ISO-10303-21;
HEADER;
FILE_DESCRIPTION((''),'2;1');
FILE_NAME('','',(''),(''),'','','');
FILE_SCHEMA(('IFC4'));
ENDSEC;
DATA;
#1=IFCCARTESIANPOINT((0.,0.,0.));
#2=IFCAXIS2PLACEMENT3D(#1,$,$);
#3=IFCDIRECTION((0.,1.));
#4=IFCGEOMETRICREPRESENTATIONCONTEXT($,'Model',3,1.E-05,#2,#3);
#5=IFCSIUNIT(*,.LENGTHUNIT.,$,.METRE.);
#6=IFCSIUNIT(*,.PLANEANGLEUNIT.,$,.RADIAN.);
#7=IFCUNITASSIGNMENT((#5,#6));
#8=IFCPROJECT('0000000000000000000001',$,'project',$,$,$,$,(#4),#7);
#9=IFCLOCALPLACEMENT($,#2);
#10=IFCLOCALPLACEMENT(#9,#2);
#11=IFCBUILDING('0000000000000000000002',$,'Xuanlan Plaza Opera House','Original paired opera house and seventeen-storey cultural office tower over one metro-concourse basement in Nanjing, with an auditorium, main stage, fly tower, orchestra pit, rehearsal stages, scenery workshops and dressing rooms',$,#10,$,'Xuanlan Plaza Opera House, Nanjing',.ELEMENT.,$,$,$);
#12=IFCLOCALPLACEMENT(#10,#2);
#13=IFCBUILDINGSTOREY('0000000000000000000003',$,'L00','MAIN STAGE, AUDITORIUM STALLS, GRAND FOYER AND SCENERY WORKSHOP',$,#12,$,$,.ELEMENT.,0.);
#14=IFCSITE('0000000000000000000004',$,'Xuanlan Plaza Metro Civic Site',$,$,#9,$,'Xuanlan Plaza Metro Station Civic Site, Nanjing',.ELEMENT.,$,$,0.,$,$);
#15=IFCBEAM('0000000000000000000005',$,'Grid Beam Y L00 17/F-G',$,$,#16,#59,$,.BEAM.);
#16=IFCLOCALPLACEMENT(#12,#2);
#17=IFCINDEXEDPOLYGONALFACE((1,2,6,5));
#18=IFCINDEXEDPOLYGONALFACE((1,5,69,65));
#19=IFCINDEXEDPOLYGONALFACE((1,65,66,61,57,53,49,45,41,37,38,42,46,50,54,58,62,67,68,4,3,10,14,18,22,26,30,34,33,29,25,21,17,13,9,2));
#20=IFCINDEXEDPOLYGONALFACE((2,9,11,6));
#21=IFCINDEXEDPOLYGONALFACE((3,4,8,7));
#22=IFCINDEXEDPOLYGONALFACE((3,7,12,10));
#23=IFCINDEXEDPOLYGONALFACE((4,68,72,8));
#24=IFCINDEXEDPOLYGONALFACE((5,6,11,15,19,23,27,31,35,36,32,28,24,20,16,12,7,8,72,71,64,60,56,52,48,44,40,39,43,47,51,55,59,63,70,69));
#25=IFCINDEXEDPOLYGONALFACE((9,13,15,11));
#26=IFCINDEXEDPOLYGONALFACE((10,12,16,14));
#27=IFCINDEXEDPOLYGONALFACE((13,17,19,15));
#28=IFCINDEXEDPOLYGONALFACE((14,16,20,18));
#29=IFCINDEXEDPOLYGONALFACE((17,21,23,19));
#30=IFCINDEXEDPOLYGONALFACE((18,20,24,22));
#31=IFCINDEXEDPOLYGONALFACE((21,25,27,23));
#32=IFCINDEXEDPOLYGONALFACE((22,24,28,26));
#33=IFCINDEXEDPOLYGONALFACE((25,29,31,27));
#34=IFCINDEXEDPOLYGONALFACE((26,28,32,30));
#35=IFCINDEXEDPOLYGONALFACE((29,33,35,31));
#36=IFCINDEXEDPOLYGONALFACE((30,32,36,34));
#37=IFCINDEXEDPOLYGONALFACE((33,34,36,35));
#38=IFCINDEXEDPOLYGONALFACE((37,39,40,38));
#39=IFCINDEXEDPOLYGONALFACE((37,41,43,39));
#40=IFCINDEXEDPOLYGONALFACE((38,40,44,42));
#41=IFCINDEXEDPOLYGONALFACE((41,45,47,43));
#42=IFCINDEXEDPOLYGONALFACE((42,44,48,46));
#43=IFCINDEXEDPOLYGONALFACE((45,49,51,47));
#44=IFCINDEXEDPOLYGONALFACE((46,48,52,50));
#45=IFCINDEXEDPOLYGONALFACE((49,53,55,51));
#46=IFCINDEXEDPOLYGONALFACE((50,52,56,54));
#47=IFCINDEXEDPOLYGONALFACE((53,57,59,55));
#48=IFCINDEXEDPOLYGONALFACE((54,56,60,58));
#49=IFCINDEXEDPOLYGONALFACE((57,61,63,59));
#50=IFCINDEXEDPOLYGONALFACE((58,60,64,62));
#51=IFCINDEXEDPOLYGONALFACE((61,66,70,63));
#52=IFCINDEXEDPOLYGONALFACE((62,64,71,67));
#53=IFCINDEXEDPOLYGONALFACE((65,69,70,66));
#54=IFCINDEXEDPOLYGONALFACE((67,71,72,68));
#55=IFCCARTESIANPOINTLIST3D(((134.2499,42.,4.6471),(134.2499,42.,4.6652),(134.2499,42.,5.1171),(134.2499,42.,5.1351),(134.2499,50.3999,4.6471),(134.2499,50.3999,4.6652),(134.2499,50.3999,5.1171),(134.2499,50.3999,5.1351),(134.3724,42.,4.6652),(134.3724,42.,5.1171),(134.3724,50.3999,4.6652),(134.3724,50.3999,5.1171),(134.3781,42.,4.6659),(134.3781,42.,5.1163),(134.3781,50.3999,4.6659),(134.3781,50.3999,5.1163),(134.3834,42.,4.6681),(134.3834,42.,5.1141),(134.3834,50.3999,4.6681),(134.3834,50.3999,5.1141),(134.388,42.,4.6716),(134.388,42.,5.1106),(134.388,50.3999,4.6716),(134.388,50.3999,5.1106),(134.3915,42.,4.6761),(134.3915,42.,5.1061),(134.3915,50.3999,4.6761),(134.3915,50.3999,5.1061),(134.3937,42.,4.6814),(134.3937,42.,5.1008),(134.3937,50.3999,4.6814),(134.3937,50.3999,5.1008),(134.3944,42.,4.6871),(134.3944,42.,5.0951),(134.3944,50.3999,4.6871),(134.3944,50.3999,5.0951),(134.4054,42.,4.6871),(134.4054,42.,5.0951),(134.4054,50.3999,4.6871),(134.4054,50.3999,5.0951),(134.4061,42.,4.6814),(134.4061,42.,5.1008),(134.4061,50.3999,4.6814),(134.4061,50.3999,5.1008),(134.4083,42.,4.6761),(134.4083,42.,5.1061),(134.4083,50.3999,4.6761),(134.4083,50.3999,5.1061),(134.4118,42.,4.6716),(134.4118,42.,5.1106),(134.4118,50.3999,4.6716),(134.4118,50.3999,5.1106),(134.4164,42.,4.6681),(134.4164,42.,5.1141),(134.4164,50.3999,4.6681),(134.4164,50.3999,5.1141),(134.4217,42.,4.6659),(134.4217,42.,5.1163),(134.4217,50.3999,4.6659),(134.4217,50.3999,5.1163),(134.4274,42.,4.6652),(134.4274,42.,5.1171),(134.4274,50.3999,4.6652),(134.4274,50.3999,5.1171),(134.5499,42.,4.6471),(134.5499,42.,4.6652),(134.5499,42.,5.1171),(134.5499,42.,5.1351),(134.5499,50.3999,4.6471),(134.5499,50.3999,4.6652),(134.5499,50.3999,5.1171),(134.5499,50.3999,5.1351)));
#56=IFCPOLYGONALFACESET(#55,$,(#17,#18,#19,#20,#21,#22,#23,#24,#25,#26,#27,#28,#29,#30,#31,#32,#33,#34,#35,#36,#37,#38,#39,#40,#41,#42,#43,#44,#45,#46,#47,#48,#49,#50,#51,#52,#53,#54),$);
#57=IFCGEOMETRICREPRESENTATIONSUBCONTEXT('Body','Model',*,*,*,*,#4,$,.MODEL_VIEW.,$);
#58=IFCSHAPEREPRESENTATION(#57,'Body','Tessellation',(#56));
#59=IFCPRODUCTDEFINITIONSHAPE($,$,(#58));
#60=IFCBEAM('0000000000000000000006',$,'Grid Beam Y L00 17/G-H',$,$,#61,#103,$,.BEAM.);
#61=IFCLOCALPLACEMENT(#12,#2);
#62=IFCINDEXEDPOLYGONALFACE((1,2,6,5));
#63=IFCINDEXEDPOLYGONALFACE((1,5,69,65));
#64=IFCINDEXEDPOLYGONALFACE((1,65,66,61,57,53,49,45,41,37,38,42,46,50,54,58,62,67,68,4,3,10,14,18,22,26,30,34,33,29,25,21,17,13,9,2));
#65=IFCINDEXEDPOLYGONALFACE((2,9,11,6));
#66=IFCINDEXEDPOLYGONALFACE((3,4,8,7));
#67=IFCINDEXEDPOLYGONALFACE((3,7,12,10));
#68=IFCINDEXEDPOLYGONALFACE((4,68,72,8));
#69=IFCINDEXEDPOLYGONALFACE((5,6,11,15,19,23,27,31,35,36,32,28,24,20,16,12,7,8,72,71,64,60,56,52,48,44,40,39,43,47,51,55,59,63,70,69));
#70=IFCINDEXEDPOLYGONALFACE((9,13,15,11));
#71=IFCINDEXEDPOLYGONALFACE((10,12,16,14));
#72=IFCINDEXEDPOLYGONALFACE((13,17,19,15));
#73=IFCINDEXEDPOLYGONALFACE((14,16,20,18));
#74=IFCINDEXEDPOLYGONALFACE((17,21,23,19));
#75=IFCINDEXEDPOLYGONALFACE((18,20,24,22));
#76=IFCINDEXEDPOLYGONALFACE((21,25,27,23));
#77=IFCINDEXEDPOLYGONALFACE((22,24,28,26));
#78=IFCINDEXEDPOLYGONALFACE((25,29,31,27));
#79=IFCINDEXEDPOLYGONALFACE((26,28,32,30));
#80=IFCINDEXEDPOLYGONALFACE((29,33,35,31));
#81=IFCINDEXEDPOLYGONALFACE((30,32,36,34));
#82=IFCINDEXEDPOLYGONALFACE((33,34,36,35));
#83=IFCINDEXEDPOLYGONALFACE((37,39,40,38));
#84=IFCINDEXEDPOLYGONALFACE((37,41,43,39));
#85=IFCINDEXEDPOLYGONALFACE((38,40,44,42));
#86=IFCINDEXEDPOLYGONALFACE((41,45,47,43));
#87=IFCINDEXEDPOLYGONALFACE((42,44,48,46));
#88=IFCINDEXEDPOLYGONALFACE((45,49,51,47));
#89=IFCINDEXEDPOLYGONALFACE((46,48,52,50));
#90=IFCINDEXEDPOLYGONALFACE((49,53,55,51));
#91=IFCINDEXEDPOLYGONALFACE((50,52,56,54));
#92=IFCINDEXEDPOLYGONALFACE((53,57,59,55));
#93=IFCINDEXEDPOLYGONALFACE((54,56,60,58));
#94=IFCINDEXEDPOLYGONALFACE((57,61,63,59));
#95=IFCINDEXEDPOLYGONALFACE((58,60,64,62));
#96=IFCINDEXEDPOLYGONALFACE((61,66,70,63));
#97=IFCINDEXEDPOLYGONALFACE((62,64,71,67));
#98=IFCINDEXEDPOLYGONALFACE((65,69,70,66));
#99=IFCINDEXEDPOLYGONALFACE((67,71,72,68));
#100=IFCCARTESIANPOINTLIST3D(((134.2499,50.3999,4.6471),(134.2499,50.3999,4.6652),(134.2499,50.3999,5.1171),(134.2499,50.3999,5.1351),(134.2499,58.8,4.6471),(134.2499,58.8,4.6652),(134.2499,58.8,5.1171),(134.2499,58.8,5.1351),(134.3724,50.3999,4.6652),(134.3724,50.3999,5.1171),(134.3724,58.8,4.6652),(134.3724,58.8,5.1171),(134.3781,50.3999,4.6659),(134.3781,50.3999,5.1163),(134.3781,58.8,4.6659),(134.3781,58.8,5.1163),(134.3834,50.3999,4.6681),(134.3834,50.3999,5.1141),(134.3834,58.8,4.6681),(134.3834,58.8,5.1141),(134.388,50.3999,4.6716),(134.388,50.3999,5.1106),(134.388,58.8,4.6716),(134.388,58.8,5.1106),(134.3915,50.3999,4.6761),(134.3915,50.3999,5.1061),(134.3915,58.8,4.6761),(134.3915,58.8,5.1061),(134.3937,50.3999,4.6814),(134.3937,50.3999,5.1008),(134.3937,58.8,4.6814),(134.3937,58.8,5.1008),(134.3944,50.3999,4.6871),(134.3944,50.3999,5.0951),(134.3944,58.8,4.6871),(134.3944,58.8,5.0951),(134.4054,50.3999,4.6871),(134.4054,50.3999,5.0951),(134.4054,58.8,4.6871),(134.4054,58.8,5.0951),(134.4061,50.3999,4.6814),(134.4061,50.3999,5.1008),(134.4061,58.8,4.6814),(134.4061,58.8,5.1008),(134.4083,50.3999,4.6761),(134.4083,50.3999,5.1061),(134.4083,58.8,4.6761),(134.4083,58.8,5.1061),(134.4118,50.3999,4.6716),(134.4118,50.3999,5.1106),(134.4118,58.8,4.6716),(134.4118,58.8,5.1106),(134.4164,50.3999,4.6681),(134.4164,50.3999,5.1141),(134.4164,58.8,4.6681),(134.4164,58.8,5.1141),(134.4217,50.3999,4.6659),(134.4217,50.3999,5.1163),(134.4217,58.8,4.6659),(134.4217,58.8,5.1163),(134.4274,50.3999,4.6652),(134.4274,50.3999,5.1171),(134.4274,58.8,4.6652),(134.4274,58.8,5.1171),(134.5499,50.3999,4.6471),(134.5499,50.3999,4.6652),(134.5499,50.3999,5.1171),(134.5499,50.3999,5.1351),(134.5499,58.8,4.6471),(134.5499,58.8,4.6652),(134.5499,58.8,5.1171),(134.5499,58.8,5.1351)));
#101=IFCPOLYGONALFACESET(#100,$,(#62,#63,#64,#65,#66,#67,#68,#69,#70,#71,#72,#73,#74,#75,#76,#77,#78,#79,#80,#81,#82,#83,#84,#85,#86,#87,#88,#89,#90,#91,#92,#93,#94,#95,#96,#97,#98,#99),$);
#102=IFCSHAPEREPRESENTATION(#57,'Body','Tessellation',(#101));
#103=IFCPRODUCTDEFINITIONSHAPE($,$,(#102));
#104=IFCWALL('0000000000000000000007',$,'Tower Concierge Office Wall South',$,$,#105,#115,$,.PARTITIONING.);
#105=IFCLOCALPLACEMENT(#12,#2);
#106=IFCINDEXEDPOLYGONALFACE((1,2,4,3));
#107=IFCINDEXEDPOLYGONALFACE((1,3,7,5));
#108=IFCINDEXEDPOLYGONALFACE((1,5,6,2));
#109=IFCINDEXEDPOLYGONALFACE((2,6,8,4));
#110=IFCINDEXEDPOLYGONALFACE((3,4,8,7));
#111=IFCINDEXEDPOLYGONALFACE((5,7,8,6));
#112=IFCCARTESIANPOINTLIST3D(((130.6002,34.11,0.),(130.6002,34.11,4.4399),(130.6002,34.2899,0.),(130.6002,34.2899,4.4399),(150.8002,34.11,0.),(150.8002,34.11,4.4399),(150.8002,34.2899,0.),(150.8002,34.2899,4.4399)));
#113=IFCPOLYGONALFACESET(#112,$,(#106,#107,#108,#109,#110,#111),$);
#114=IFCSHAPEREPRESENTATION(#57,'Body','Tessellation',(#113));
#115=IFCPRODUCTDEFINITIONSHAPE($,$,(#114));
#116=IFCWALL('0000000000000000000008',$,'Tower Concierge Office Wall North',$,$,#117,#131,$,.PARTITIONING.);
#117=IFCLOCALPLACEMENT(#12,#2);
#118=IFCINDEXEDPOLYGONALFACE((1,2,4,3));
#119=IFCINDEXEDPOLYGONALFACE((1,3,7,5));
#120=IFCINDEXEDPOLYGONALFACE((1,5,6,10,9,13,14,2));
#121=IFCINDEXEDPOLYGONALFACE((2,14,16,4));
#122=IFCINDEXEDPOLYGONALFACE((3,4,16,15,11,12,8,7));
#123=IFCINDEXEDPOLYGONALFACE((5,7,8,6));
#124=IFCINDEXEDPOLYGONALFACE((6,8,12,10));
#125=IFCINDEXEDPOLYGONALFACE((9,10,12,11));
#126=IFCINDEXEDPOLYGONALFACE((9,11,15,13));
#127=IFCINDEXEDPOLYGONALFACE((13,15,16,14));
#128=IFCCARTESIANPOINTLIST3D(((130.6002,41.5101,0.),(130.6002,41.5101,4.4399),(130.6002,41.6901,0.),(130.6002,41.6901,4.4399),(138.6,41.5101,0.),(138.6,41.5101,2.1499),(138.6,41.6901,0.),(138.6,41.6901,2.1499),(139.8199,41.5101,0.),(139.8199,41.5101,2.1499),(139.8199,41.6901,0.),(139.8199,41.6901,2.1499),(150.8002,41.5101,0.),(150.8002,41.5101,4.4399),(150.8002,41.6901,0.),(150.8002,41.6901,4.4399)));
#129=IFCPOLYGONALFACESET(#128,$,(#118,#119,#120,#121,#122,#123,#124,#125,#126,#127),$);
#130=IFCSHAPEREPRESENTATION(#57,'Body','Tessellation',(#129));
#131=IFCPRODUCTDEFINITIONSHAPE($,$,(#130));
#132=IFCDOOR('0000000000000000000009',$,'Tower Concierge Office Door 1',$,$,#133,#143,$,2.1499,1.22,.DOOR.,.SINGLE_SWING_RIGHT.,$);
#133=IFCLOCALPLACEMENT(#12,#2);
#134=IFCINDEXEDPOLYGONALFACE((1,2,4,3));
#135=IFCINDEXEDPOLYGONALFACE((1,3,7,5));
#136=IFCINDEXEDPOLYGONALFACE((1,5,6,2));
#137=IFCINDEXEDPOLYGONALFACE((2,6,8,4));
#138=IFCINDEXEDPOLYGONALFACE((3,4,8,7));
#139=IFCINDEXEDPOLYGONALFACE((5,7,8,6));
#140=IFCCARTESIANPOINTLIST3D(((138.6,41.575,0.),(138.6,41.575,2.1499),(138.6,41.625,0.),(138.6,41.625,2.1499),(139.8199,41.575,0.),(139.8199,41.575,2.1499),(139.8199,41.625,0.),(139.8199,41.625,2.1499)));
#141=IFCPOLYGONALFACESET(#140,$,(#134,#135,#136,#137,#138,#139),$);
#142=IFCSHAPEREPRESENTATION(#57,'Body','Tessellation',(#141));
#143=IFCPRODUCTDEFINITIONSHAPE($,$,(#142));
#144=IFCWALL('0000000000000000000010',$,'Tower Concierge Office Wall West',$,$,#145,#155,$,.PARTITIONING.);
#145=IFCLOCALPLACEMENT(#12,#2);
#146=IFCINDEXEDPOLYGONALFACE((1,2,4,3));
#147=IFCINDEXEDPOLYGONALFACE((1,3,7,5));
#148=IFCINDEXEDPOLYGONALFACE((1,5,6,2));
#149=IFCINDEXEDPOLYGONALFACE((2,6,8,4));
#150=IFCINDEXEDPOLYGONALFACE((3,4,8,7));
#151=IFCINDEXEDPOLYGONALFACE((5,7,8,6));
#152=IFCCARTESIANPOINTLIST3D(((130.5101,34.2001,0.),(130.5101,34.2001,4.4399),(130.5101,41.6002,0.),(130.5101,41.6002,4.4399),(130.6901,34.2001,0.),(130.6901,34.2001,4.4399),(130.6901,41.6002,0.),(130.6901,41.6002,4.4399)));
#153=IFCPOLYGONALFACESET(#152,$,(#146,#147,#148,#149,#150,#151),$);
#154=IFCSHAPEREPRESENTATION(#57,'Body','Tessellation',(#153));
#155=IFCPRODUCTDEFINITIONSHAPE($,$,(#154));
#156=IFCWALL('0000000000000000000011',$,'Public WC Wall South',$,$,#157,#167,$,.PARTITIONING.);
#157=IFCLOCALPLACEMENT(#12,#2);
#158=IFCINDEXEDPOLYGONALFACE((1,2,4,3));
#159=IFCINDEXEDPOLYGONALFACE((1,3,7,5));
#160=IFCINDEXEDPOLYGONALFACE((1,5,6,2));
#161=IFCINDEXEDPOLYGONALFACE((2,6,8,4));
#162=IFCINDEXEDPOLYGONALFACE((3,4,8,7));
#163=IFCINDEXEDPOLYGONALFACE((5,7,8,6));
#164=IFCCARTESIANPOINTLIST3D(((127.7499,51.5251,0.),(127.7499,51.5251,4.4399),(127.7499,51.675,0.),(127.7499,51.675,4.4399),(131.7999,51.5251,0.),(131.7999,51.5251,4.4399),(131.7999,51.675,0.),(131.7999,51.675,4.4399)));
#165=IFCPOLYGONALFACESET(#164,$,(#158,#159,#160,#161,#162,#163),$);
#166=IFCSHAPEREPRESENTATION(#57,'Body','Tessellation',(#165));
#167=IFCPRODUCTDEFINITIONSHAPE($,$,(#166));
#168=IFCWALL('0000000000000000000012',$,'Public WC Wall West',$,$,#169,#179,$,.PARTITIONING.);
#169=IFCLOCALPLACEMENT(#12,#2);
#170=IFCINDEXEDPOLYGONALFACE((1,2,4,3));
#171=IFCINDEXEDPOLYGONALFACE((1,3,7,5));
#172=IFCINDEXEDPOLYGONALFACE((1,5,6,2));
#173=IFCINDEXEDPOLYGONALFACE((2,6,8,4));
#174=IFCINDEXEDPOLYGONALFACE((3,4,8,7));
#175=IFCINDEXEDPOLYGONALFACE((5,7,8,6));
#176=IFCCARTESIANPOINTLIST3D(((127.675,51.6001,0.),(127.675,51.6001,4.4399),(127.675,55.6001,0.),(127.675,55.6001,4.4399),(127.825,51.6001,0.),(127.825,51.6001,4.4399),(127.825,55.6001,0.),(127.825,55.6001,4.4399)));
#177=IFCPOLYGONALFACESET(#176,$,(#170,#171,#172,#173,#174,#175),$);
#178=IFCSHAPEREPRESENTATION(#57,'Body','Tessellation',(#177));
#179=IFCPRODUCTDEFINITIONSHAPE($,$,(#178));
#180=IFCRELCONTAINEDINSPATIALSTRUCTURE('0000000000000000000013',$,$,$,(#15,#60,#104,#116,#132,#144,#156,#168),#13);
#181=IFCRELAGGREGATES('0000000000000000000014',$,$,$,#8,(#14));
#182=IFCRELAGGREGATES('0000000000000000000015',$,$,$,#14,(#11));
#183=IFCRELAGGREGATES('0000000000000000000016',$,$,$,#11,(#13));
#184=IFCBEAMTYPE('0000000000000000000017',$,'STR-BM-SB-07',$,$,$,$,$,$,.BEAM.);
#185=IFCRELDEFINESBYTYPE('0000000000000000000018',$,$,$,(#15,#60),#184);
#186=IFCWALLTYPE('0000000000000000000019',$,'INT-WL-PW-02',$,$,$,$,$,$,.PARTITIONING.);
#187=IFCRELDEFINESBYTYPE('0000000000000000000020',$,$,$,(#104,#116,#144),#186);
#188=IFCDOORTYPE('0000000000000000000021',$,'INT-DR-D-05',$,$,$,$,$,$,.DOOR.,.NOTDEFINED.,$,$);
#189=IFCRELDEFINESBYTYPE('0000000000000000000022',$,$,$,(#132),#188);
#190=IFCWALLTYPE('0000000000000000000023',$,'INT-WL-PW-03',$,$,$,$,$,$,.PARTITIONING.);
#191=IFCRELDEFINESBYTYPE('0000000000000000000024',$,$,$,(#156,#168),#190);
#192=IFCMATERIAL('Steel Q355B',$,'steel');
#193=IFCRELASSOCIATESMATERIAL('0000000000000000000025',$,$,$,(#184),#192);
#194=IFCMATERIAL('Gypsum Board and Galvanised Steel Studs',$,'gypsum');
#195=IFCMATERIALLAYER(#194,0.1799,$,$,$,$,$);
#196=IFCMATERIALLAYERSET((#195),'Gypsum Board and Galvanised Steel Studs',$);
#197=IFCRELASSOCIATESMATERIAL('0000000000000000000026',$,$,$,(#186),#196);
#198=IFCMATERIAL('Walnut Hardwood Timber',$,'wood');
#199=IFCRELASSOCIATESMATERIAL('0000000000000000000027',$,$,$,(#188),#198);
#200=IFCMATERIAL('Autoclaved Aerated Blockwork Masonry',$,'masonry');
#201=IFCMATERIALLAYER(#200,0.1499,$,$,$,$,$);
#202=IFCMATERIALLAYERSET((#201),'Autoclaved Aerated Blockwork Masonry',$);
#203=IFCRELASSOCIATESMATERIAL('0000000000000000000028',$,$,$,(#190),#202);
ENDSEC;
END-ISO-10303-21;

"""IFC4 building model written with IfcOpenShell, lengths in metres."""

from ifc_helpers import new_model, si_unit, direction, frame, frame_2d, origin, origin_2d, place, context, subcontext, project, spatial, rectangle, i_section, extrude, material, layer, layer_set, material_profile, profile_set, type_object, element, fill, save


model = new_model("IFC4")

# Units and contexts
model_context = context("Model", 3, precision=1e-05, world=origin(), true_north=direction((0.0, 1.0)))
body_context = subcontext(model_context, "Body", "Model", "MODEL_VIEW")
ifc_project = project(units=[si_unit("LENGTHUNIT", "METRE"), si_unit("PLANEANGLEUNIT", "RADIAN")], contexts=[model_context])

# Site, building, storey
site_placement = place(None, origin())
site = spatial("IfcSite", under=ifc_project, at=site_placement, Name="Xuanlan Plaza Metro Civic Site", LongName="Xuanlan Plaza Metro Station Civic Site, Nanjing", CompositionType="ELEMENT", RefElevation=0.0)
building_placement = place(site_placement, origin())
building = spatial("IfcBuilding", under=site, at=building_placement, Name="Xuanlan Plaza Opera House", Description="Original paired opera house and seventeen-storey cultural office tower over one metro-concourse basement in Nanjing, with an auditorium, main stage, fly tower, orchestra pit, rehearsal stages, scenery workshops and dressing rooms", LongName="Xuanlan Plaza Opera House, Nanjing", CompositionType="ELEMENT")
storey_placement = place(building_placement, origin())
storey = spatial("IfcBuildingStorey", under=building, at=storey_placement, Name="L00", Description="MAIN STAGE, AUDITORIUM STALLS, GRAND FOYER AND SCENERY WORKSHOP", CompositionType="ELEMENT", Elevation=0.0)

# Beams
ifc_material_1 = material(Name="Steel Q355B", Category="steel")
ifc_material_profile_1 = material_profile(ifc_material_1, i_section(OverallWidth=0.3, OverallDepth=0.488, WebThickness=0.011, FlangeThickness=0.0181, FilletRadius=0.022, at=origin_2d()), Name="HM 488x300x11x18")
ifc_profile_set_1 = profile_set([ifc_material_profile_1], Name="Steel Q355B")
beam_type_1 = type_object("IfcBeamType", Name="STR-BM-SB-07", PredefinedType="BEAM", material=ifc_profile_set_1)
for number, where, z_axis, x_axis, name in (
    (1, (134.3999, 42.0, 4.8911), (0.0, 1.0, 0.0), (-1.0, 0.0, 0.0), "Grid Beam Y L00 17/F-G"),
):
    element("IfcBeam", number, at=place(storey_placement, frame(where, z_axis=z_axis, x_axis=x_axis)), inside=storey, type_object=beam_type_1, Name=name, PredefinedType="BEAM", context=body_context, shape_type="SweptSolid", body=[
        extrude(i_section(OverallWidth=0.3, OverallDepth=0.488, WebThickness=0.011, FlangeThickness=0.0181, FilletRadius=0.022, at=origin_2d()), origin(), (0.0, 0.0, 1.0), 8.3999),
    ])
beam_1_placement = place(storey_placement, frame((134.3999, 50.3999, 4.8911), z_axis=(0.0, 1.0, 0.0), x_axis=(-1.0, 0.0, 0.0)))
element("IfcBeam", 2, at=beam_1_placement, inside=storey, type_object=beam_type_1, Name="Grid Beam Y L00 17/G-H", PredefinedType="BEAM", context=body_context, shape_type="SweptSolid", body=[
    extrude(i_section(OverallWidth=0.3, OverallDepth=0.488, WebThickness=0.011, FlangeThickness=0.0181, FilletRadius=0.022, at=origin_2d()), origin(), (0.0, 0.0, 1.0), 8.4001),
])

# Wall
ifc_material_2 = material(Name="Gypsum Board and Galvanised Steel Studs", Category="gypsum")
ifc_layer_1 = layer(ifc_material_2, 0.1799)
ifc_layer_set_1 = layer_set([ifc_layer_1], Name="Gypsum Board and Galvanised Steel Studs")
wall_type_1 = type_object("IfcWallType", Name="INT-WL-PW-02", PredefinedType="PARTITIONING", material=ifc_layer_set_1)
wall_1_placement = place(storey_placement, frame((130.6001, 34.2, 0.0), z_axis=(0.0, 0.0, 1.0), x_axis=(1.0, 0.0, 0.0)))
element("IfcWall", 3, at=wall_1_placement, inside=storey, type_object=wall_type_1, Name="Tower Concierge Office Wall South", PredefinedType="PARTITIONING", context=body_context, shape_type="SweptSolid", body=[
    extrude(rectangle(XDim=20.2, YDim=0.1799, at=frame_2d((10.1001, 0.0))), origin(), (0.0, 0.0, 1.0), 4.4399),
])

# Wall, opening, door
wall_2_placement = place(storey_placement, frame((130.6001, 41.6001, 0.0), z_axis=(0.0, 0.0, 1.0), x_axis=(1.0, 0.0, 0.0)))
wall_2 = element("IfcWall", 4, at=wall_2_placement, inside=storey, type_object=wall_type_1, Name="Tower Concierge Office Wall North", PredefinedType="PARTITIONING", context=body_context, shape_type="SweptSolid", body=[
    extrude(rectangle(XDim=20.2, YDim=0.1799, at=frame_2d((10.1001, 0.0))), origin(), (0.0, 0.0, 1.0), 4.4399),
])
opening_1_placement = place(wall_2_placement, frame((8.0, 0.0, 0.0)))
opening_1 = element("IfcOpeningElement", 5, at=opening_1_placement, cuts=wall_2, PredefinedType="OPENING", context=body_context, shape_type="SweptSolid", body=[
    extrude(rectangle(XDim=1.22, YDim=2.1499, at=frame_2d((0.6099, 1.075))), frame((0.0, 0.0999, 0.0), z_axis=(0.0, -1.0, 0.0), x_axis=(1.0, 0.0, 0.0)), (0.0, 0.0, 1.0), 0.2),
])
ifc_material_3 = material(Name="Walnut Hardwood Timber", Category="wood")
door_type_1 = type_object("IfcDoorType", Name="INT-DR-D-05", OperationType="NOTDEFINED", PredefinedType="DOOR", material=ifc_material_3)
door_1_placement = place(opening_1_placement, origin())
door_1 = element("IfcDoor", 6, at=door_1_placement, inside=storey, type_object=door_type_1, Name="Tower Concierge Office Door 1", OperationType="SINGLE_SWING_RIGHT", OverallHeight=2.1499, OverallWidth=1.22, PredefinedType="DOOR", context=body_context, shape_type="SweptSolid", body=[
    extrude(rectangle(XDim=1.22, YDim=2.1499, at=frame_2d((0.6099, 1.075))), frame((0.0, 0.0249, 0.0), z_axis=(0.0, -1.0, 0.0), x_axis=(1.0, 0.0, 0.0)), (0.0, 0.0, 1.0), 0.05),
])
fill(opening_1, door_1)

# Walls
wall_3_placement = place(storey_placement, frame((130.6001, 34.2, 0.0), z_axis=(0.0, 0.0, 1.0), x_axis=(0.0, 1.0, 0.0)))
element("IfcWall", 7, at=wall_3_placement, inside=storey, type_object=wall_type_1, Name="Tower Concierge Office Wall West", PredefinedType="PARTITIONING", context=body_context, shape_type="SweptSolid", body=[
    extrude(rectangle(XDim=7.4001, YDim=0.1799, at=frame_2d((3.7002, 0.0))), origin(), (0.0, 0.0, 1.0), 4.4399),
])
ifc_material_4 = material(Name="Autoclaved Aerated Blockwork Masonry", Category="masonry")
ifc_layer_2 = layer(ifc_material_4, 0.1499)
ifc_layer_set_2 = layer_set([ifc_layer_2], Name="Autoclaved Aerated Blockwork Masonry")
wall_type_2 = type_object("IfcWallType", Name="INT-WL-PW-03", PredefinedType="PARTITIONING", material=ifc_layer_set_2)
wall_4_placement = place(storey_placement, frame((127.75, 51.6001, 0.0), z_axis=(0.0, 0.0, 1.0), x_axis=(1.0, 0.0, 0.0)))
element("IfcWall", 8, at=wall_4_placement, inside=storey, type_object=wall_type_2, Name="Public WC Wall South", PredefinedType="PARTITIONING", context=body_context, shape_type="SweptSolid", body=[
    extrude(rectangle(XDim=4.05, YDim=0.1499, at=frame_2d((2.0249, 0.0))), origin(), (0.0, 0.0, 1.0), 4.4399),
])
wall_5_placement = place(storey_placement, frame((127.75, 51.6001, 0.0), z_axis=(0.0, 0.0, 1.0), x_axis=(0.0, 1.0, 0.0)))
element("IfcWall", 9, at=wall_5_placement, inside=storey, type_object=wall_type_2, Name="Public WC Wall West", PredefinedType="PARTITIONING", context=body_context, shape_type="SweptSolid", body=[
    extrude(rectangle(XDim=4.0, YDim=0.1499, at=frame_2d((2.0, 0.0))), origin(), (0.0, 0.0, 1.0), 4.4399),
])

save(model, "model.ifc")
